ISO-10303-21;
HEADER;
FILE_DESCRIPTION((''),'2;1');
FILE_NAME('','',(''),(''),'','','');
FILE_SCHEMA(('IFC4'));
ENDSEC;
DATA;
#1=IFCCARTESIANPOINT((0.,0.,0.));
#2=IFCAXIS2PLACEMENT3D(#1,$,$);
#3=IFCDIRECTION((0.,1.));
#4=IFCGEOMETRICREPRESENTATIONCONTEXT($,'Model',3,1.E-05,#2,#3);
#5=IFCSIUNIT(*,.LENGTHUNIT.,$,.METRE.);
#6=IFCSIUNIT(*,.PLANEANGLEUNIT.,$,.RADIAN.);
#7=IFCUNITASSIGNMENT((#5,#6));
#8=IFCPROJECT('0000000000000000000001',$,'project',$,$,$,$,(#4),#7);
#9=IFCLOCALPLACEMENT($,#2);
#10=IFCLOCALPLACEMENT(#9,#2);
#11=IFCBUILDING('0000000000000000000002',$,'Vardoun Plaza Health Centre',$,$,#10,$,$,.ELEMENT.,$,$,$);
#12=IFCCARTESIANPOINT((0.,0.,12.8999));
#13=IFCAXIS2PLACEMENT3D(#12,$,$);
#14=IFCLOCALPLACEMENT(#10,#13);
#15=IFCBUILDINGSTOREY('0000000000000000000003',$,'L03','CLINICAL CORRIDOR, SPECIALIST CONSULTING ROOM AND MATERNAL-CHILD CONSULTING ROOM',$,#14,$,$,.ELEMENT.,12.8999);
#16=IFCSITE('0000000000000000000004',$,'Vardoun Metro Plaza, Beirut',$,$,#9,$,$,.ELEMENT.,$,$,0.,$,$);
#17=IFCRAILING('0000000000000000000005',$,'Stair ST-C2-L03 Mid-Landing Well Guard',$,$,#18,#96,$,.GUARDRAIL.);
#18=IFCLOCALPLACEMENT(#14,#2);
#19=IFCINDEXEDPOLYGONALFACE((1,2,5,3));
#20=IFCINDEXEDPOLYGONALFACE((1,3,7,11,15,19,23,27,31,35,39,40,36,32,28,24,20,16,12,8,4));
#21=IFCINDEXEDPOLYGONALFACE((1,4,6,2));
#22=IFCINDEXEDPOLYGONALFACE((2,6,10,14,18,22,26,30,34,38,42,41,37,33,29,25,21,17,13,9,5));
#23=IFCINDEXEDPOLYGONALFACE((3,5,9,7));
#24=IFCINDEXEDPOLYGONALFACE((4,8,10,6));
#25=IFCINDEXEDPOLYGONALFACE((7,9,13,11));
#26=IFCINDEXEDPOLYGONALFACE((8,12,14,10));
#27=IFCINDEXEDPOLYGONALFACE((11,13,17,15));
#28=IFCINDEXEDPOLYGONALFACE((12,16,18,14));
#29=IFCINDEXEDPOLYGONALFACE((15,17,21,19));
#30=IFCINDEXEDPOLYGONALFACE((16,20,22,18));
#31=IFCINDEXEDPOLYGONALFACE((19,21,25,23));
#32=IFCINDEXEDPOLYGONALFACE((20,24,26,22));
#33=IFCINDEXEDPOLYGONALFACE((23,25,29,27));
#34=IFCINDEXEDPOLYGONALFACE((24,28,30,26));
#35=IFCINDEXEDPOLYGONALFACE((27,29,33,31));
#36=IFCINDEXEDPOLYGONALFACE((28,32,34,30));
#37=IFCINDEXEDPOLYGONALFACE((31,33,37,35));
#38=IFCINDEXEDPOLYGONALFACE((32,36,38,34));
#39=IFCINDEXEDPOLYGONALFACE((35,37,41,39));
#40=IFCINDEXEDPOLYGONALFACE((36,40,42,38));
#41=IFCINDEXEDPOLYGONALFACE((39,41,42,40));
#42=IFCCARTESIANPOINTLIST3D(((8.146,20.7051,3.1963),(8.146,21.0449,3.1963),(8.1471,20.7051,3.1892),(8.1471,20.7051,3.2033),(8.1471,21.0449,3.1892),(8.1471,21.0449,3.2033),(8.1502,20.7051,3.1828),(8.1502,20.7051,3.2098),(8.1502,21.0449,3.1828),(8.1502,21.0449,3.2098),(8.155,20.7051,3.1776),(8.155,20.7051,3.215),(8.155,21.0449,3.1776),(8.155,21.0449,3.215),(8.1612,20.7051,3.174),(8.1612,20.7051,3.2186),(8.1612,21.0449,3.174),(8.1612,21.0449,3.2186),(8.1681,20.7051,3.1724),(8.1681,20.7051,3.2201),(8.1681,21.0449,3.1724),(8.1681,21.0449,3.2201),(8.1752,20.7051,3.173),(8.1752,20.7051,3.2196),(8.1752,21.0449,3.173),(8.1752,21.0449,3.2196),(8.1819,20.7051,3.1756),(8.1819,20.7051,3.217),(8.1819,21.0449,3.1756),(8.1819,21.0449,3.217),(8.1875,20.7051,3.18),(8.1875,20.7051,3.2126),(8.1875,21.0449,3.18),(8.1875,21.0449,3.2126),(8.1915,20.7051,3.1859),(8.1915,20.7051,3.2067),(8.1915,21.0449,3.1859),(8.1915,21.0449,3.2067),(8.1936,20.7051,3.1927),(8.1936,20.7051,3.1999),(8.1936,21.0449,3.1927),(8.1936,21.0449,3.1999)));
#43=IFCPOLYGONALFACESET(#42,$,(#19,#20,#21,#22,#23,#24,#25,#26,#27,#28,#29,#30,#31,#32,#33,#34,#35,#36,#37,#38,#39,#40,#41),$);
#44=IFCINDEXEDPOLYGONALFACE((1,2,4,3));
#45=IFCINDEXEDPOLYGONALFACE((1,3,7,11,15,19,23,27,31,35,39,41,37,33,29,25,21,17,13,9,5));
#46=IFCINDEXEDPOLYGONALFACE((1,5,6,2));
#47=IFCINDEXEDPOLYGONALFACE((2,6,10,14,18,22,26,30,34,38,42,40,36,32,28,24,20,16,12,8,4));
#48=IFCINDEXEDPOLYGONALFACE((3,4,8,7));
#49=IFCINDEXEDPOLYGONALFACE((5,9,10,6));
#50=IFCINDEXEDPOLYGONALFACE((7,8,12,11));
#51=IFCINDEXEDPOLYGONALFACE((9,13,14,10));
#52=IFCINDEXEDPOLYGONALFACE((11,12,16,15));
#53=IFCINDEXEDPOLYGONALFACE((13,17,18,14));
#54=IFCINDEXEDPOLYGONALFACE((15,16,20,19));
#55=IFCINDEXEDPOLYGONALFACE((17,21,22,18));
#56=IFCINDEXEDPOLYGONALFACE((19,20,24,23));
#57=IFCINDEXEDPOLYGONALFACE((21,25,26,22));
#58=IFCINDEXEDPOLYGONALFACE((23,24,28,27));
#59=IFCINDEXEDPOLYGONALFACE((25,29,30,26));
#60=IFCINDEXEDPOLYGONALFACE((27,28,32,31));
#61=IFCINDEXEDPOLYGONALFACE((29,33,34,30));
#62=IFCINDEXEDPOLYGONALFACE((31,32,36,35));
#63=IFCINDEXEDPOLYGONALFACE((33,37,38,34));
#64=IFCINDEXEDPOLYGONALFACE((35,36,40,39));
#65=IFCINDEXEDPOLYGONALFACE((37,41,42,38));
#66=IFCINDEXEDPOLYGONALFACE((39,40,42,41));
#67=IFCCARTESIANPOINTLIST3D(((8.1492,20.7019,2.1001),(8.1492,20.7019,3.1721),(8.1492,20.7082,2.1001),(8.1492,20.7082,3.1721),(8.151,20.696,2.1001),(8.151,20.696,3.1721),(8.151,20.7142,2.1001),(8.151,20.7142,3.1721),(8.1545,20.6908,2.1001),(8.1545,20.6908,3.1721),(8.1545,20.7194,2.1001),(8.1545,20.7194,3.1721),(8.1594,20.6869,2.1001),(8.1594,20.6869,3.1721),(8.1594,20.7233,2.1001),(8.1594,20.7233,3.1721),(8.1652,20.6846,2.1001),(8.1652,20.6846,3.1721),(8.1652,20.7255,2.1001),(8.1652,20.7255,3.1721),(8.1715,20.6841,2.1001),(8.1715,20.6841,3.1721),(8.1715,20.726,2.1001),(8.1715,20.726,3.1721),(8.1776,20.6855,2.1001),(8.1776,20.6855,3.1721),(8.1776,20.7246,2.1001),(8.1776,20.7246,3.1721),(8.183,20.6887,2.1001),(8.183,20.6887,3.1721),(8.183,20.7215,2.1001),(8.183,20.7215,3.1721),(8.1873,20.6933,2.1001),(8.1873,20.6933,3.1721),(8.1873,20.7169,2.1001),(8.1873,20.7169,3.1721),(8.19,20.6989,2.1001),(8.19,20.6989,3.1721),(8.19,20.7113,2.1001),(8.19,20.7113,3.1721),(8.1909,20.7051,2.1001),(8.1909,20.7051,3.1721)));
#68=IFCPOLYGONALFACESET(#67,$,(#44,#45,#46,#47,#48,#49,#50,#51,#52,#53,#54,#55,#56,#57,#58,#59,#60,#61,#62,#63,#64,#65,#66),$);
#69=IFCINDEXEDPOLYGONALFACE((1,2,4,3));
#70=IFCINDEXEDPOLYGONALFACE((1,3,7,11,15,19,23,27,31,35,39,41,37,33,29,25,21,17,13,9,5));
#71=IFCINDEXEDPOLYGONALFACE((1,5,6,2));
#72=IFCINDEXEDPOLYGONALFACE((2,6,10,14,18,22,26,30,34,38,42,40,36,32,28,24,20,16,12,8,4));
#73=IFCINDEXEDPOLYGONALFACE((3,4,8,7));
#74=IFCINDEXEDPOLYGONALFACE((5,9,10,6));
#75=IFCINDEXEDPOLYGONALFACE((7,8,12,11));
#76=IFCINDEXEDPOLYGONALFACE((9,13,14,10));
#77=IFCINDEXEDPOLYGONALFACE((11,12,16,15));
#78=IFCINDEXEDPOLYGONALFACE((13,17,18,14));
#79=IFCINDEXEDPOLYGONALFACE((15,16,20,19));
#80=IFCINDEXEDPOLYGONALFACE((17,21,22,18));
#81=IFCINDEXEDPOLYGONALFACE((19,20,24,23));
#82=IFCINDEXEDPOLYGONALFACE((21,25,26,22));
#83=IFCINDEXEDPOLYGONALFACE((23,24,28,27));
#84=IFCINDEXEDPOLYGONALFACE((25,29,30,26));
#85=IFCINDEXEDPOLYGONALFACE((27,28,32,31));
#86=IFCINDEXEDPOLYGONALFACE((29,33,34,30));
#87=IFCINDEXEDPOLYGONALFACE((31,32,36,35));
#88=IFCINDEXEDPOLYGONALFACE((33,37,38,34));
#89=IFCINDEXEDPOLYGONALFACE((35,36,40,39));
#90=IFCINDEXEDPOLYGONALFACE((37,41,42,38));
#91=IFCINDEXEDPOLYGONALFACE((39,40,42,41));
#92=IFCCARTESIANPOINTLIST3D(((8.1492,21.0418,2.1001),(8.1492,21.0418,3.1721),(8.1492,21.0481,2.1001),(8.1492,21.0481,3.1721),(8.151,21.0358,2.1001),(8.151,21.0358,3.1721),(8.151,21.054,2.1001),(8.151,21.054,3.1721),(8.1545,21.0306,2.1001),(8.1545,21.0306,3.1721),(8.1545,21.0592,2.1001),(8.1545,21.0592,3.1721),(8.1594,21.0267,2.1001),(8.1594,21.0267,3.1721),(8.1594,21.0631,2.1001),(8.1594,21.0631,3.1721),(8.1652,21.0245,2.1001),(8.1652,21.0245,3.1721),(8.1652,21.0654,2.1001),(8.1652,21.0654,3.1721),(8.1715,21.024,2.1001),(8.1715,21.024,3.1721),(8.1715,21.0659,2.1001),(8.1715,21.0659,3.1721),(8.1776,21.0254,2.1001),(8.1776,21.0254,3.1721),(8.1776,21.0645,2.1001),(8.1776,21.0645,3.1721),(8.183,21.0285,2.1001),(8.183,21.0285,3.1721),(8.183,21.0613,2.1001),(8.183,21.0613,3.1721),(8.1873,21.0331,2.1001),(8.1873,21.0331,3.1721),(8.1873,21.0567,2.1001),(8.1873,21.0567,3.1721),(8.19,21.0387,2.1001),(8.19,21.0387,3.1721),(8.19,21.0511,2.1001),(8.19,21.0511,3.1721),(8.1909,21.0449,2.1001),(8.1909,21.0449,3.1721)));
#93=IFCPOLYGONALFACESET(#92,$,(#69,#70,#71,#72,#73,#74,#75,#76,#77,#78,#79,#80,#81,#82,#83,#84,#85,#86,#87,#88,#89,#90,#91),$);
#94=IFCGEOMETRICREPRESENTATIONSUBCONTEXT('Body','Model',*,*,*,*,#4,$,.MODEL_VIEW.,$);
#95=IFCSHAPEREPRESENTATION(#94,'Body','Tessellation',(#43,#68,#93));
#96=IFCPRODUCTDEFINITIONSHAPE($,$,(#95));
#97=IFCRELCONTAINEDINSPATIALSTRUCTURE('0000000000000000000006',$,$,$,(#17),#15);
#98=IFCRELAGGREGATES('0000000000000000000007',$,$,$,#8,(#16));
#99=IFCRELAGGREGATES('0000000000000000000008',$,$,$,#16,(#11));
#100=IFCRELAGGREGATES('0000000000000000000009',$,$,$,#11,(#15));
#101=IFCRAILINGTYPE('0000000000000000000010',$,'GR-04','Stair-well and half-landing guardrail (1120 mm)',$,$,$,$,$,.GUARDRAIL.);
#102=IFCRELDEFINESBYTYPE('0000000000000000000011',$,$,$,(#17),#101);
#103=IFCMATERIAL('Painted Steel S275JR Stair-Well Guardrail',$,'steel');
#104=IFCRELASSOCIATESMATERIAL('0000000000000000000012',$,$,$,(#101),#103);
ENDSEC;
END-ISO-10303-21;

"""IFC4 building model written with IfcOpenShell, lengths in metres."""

from ifc_helpers import new_model, si_unit, direction, frame, origin, origin_2d, place, context, subcontext, project, spatial, circle, extrude, material, type_object, element, save


model = new_model("IFC4")

# Units and contexts
model_context = context("Model", 3, precision=1e-05, world=origin(), true_north=direction((0.0, 1.0)))
body_context = subcontext(model_context, "Body", "Model", "MODEL_VIEW")
ifc_project = project(units=[si_unit("LENGTHUNIT", "METRE"), si_unit("PLANEANGLEUNIT", "RADIAN")], contexts=[model_context])

# Site, building, storey
site_placement = place(None, origin())
site = spatial("IfcSite", under=ifc_project, at=site_placement, Name="Vardoun Metro Plaza, Beirut", CompositionType="ELEMENT", RefElevation=0.0)
building_placement = place(site_placement, origin())
building = spatial("IfcBuilding", under=site, at=building_placement, Name="Vardoun Plaza Health Centre", CompositionType="ELEMENT")
storey_placement = place(building_placement, frame((0.0, 0.0, 12.8999)))
storey = spatial("IfcBuildingStorey", under=building, at=storey_placement, Name="L03", Description="CLINICAL CORRIDOR, SPECIALIST CONSULTING ROOM AND MATERNAL-CHILD CONSULTING ROOM", CompositionType="ELEMENT", Elevation=12.8999)

# Railing
ifc_material_1 = material(Name="Painted Steel S275JR Stair-Well Guardrail", Category="steel")
railing_type_1 = type_object("IfcRailingType", Name="GR-04", Description="Stair-well and half-landing guardrail (1120 mm)", PredefinedType="GUARDRAIL", material=ifc_material_1)
railing_1_placement = place(storey_placement, frame((8.1699, 20.7051, 2.1001)))
element("IfcRailing", 1, at=railing_1_placement, inside=storey, type_object=railing_type_1, Name="Stair ST-C2-L03 Mid-Landing Well Guard", PredefinedType="GUARDRAIL", context=body_context, shape_type="SweptSolid", body=[
    extrude(circle(Radius=0.0239, at=origin_2d()), frame((0.0, 0.0, 1.0962), z_axis=(0.0, 1.0, 0.0), x_axis=(-1.0, 0.0, 0.0)), (0.0, 0.0, 1.0), 0.3398),
    extrude(circle(Radius=0.021, at=origin_2d()), origin(), (0.0, 0.0, 1.0), 1.072),
    extrude(circle(Radius=0.021, at=origin_2d()), frame((0.0, 0.3398, 0.0)), (0.0, 0.0, 1.0), 1.072),
])

save(model, "model.ifc")
